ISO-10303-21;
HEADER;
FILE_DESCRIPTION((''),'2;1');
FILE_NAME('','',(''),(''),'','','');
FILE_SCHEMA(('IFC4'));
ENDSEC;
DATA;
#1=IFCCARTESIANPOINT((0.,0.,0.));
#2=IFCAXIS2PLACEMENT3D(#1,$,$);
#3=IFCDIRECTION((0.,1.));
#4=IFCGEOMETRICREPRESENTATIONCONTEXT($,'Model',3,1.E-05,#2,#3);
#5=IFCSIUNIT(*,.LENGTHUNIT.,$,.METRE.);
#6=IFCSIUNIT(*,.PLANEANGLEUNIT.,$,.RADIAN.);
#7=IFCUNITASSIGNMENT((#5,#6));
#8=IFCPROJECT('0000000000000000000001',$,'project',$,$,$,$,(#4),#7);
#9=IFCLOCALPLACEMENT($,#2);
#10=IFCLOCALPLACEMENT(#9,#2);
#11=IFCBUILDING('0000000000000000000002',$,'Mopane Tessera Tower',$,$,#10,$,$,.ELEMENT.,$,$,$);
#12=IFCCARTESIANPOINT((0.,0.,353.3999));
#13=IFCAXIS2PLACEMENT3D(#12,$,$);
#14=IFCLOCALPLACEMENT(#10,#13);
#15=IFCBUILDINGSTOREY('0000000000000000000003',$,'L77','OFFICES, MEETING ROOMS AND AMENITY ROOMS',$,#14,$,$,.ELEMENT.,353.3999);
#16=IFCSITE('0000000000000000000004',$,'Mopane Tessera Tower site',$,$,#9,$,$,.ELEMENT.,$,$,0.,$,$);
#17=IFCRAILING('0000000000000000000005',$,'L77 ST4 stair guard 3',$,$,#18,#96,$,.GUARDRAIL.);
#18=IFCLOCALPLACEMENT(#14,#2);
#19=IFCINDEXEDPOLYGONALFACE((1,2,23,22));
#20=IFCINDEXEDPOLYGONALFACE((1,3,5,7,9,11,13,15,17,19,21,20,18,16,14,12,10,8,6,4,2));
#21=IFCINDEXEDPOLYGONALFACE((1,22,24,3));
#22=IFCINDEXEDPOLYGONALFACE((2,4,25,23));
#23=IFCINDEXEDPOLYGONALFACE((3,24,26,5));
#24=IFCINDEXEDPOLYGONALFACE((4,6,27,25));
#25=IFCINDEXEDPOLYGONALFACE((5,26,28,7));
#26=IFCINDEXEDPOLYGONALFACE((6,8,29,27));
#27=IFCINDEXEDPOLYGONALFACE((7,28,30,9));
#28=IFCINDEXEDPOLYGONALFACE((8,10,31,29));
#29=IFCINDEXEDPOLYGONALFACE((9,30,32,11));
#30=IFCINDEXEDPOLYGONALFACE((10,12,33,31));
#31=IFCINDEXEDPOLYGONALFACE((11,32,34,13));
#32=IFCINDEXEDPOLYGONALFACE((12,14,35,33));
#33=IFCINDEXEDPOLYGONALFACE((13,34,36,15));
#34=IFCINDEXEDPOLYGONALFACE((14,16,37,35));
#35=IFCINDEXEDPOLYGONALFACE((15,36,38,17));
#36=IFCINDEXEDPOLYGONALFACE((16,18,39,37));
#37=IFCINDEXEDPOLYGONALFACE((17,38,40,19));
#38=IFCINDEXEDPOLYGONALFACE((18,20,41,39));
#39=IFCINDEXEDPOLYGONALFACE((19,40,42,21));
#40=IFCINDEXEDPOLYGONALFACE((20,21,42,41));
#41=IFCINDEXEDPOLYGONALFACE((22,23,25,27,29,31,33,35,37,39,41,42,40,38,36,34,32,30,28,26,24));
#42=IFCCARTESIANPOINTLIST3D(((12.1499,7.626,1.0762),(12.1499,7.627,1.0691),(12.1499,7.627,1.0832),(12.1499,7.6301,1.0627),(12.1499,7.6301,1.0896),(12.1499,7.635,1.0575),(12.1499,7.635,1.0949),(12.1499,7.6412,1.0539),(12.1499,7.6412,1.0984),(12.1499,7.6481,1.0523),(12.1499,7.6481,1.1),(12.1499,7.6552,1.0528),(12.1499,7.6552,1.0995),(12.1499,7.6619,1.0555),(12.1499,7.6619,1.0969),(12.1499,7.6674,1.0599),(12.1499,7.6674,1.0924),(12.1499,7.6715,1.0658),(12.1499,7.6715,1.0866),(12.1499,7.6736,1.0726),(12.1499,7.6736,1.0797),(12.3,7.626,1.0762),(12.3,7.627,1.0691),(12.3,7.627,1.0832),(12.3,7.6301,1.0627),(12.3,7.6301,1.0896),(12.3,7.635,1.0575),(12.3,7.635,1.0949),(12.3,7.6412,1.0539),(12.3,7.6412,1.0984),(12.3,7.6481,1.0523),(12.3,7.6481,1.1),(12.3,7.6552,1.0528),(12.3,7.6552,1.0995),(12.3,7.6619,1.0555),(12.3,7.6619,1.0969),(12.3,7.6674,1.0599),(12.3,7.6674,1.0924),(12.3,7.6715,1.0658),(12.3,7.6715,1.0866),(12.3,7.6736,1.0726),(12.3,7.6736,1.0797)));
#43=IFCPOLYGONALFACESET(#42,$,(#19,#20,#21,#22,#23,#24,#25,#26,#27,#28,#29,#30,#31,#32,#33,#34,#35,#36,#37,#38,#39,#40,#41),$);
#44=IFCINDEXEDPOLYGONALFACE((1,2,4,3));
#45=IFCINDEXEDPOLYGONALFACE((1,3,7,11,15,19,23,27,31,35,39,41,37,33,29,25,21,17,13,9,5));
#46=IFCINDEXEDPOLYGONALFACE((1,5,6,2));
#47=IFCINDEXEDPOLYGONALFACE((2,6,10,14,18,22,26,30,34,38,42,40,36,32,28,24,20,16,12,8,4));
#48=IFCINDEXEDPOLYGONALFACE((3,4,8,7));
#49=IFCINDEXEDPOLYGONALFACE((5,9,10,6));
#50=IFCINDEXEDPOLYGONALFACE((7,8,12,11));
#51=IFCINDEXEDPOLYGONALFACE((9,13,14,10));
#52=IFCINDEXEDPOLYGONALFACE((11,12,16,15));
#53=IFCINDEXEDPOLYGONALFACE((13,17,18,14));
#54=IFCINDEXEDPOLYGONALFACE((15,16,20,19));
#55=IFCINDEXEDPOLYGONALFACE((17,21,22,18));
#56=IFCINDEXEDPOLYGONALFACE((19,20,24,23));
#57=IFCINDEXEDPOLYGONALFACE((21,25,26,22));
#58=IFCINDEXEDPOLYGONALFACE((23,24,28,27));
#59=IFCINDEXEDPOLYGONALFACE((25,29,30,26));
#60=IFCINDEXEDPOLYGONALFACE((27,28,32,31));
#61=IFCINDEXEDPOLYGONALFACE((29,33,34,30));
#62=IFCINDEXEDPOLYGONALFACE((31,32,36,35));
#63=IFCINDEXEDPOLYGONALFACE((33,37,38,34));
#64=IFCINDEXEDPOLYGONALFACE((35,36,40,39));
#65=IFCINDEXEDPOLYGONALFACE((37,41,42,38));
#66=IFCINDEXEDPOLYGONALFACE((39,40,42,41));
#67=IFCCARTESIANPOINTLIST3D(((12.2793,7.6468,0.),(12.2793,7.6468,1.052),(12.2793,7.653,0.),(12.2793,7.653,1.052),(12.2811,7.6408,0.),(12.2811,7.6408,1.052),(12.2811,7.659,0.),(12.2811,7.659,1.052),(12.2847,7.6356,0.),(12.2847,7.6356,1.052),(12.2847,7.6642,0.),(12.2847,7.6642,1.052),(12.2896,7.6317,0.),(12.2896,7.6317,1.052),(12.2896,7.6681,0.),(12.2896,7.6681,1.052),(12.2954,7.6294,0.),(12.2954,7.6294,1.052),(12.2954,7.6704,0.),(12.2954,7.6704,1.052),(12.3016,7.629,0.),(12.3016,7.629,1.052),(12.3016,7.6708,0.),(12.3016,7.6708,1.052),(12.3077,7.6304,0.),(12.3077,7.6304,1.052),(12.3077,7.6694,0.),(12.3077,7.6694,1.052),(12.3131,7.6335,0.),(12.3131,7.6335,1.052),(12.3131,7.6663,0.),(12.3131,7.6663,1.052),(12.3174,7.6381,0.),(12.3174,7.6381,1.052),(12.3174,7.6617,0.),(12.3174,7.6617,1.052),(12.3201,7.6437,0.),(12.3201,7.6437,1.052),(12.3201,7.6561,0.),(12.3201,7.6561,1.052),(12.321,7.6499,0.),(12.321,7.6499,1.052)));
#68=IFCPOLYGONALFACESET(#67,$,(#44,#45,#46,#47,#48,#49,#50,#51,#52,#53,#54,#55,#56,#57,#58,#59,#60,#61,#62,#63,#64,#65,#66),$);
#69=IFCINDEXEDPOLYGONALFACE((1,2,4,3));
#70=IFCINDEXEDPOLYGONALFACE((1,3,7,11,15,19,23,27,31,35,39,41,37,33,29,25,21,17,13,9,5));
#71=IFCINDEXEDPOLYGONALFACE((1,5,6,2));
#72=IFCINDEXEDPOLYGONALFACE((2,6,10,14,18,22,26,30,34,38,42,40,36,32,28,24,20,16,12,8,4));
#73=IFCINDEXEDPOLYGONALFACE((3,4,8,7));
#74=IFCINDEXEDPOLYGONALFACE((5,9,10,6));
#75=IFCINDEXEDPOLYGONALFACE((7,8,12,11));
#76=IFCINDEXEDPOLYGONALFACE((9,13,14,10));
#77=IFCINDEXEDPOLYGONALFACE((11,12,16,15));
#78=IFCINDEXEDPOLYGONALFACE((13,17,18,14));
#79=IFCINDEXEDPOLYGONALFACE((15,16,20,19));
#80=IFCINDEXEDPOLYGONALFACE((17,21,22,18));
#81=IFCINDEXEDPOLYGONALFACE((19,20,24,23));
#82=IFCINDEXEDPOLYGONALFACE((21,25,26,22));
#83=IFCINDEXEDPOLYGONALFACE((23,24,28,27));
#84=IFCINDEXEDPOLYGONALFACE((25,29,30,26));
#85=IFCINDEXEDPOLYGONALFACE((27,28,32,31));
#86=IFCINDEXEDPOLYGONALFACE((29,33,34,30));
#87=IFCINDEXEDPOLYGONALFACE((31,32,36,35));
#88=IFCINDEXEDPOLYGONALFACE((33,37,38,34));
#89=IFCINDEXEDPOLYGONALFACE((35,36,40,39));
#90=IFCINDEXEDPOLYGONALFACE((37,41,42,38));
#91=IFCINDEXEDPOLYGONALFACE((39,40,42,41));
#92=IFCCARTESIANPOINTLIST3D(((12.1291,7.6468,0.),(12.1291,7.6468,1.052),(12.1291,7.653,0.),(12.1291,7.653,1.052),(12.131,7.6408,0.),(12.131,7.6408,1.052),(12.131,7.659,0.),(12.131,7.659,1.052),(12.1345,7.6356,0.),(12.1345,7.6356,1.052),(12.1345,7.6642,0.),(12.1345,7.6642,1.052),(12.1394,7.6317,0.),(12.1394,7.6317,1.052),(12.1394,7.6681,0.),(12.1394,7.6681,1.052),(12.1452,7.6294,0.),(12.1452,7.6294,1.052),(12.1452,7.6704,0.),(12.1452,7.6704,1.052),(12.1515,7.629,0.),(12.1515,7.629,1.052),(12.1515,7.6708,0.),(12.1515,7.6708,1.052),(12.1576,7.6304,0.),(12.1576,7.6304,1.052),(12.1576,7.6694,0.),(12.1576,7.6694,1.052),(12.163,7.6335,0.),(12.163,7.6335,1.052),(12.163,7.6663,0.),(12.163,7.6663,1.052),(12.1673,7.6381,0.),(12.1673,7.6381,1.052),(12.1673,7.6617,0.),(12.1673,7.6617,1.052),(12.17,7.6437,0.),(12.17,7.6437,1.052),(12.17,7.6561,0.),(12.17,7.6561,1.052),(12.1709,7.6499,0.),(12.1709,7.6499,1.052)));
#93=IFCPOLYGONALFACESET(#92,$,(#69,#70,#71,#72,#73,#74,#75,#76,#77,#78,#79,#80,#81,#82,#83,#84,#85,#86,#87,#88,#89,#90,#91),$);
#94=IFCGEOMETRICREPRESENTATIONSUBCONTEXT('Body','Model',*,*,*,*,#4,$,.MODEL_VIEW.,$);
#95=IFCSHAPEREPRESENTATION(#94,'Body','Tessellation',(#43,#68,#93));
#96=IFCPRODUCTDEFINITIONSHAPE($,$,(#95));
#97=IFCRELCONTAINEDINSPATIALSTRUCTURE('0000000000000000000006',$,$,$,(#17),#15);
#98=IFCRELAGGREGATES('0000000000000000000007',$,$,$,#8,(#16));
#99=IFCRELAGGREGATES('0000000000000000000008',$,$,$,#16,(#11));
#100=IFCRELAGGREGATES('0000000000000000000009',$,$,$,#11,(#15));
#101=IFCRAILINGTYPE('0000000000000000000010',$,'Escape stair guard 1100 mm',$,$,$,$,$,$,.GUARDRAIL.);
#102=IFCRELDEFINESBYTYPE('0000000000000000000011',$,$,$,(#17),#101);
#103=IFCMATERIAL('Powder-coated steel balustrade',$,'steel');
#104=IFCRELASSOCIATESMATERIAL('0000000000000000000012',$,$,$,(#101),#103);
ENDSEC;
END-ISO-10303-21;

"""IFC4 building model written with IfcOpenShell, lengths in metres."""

from ifc_helpers import new_model, si_unit, direction, frame, origin, origin_2d, place, context, subcontext, project, spatial, circle, extrude, material, type_object, element, save


model = new_model("IFC4")

# Units and contexts
model_context = context("Model", 3, precision=1e-05, world=origin(), true_north=direction((0.0, 1.0)))
body_context = subcontext(model_context, "Body", "Model", "MODEL_VIEW")
ifc_project = project(units=[si_unit("LENGTHUNIT", "METRE"), si_unit("PLANEANGLEUNIT", "RADIAN")], contexts=[model_context])

# Site, building, storey
site_placement = place(None, origin())
site = spatial("IfcSite", under=ifc_project, at=site_placement, Name="Mopane Tessera Tower site", CompositionType="ELEMENT", RefElevation=0.0)
building_placement = place(site_placement, origin())
building = spatial("IfcBuilding", under=site, at=building_placement, Name="Mopane Tessera Tower", CompositionType="ELEMENT")
storey_placement = place(building_placement, frame((0.0, 0.0, 353.3999)))
storey = spatial("IfcBuildingStorey", under=building, at=storey_placement, Name="L77", Description="OFFICES, MEETING ROOMS AND AMENITY ROOMS", CompositionType="ELEMENT", Elevation=353.3999)

# Railing
ifc_material_1 = material(Name="Powder-coated steel balustrade", Category="steel")
railing_type_1 = type_object("IfcRailingType", Name="Escape stair guard 1100 mm", PredefinedType="GUARDRAIL", material=ifc_material_1)
railing_1_placement = place(storey_placement, frame((12.3, 7.6499, 0.0)))
element("IfcRailing", 1, at=railing_1_placement, inside=storey, type_object=railing_type_1, Name="L77 ST4 stair guard 3", PredefinedType="GUARDRAIL", context=body_context, shape_type="SweptSolid", body=[
    extrude(circle(Radius=0.0239, at=origin_2d()), frame((0.0, 0.0, 1.0762), z_axis=(-1.0, 0.0, 0.0), x_axis=(0.0, -1.0, 0.0)), (0.0, 0.0, 1.0), 0.1501),
    extrude(circle(Radius=0.021, at=origin_2d()), origin(), (0.0, 0.0, 1.0), 1.052),
    extrude(circle(Radius=0.021, at=origin_2d()), frame((-0.1501, 0.0, 0.0)), (0.0, 0.0, 1.0), 1.052),
])

save(model, "model.ifc")
